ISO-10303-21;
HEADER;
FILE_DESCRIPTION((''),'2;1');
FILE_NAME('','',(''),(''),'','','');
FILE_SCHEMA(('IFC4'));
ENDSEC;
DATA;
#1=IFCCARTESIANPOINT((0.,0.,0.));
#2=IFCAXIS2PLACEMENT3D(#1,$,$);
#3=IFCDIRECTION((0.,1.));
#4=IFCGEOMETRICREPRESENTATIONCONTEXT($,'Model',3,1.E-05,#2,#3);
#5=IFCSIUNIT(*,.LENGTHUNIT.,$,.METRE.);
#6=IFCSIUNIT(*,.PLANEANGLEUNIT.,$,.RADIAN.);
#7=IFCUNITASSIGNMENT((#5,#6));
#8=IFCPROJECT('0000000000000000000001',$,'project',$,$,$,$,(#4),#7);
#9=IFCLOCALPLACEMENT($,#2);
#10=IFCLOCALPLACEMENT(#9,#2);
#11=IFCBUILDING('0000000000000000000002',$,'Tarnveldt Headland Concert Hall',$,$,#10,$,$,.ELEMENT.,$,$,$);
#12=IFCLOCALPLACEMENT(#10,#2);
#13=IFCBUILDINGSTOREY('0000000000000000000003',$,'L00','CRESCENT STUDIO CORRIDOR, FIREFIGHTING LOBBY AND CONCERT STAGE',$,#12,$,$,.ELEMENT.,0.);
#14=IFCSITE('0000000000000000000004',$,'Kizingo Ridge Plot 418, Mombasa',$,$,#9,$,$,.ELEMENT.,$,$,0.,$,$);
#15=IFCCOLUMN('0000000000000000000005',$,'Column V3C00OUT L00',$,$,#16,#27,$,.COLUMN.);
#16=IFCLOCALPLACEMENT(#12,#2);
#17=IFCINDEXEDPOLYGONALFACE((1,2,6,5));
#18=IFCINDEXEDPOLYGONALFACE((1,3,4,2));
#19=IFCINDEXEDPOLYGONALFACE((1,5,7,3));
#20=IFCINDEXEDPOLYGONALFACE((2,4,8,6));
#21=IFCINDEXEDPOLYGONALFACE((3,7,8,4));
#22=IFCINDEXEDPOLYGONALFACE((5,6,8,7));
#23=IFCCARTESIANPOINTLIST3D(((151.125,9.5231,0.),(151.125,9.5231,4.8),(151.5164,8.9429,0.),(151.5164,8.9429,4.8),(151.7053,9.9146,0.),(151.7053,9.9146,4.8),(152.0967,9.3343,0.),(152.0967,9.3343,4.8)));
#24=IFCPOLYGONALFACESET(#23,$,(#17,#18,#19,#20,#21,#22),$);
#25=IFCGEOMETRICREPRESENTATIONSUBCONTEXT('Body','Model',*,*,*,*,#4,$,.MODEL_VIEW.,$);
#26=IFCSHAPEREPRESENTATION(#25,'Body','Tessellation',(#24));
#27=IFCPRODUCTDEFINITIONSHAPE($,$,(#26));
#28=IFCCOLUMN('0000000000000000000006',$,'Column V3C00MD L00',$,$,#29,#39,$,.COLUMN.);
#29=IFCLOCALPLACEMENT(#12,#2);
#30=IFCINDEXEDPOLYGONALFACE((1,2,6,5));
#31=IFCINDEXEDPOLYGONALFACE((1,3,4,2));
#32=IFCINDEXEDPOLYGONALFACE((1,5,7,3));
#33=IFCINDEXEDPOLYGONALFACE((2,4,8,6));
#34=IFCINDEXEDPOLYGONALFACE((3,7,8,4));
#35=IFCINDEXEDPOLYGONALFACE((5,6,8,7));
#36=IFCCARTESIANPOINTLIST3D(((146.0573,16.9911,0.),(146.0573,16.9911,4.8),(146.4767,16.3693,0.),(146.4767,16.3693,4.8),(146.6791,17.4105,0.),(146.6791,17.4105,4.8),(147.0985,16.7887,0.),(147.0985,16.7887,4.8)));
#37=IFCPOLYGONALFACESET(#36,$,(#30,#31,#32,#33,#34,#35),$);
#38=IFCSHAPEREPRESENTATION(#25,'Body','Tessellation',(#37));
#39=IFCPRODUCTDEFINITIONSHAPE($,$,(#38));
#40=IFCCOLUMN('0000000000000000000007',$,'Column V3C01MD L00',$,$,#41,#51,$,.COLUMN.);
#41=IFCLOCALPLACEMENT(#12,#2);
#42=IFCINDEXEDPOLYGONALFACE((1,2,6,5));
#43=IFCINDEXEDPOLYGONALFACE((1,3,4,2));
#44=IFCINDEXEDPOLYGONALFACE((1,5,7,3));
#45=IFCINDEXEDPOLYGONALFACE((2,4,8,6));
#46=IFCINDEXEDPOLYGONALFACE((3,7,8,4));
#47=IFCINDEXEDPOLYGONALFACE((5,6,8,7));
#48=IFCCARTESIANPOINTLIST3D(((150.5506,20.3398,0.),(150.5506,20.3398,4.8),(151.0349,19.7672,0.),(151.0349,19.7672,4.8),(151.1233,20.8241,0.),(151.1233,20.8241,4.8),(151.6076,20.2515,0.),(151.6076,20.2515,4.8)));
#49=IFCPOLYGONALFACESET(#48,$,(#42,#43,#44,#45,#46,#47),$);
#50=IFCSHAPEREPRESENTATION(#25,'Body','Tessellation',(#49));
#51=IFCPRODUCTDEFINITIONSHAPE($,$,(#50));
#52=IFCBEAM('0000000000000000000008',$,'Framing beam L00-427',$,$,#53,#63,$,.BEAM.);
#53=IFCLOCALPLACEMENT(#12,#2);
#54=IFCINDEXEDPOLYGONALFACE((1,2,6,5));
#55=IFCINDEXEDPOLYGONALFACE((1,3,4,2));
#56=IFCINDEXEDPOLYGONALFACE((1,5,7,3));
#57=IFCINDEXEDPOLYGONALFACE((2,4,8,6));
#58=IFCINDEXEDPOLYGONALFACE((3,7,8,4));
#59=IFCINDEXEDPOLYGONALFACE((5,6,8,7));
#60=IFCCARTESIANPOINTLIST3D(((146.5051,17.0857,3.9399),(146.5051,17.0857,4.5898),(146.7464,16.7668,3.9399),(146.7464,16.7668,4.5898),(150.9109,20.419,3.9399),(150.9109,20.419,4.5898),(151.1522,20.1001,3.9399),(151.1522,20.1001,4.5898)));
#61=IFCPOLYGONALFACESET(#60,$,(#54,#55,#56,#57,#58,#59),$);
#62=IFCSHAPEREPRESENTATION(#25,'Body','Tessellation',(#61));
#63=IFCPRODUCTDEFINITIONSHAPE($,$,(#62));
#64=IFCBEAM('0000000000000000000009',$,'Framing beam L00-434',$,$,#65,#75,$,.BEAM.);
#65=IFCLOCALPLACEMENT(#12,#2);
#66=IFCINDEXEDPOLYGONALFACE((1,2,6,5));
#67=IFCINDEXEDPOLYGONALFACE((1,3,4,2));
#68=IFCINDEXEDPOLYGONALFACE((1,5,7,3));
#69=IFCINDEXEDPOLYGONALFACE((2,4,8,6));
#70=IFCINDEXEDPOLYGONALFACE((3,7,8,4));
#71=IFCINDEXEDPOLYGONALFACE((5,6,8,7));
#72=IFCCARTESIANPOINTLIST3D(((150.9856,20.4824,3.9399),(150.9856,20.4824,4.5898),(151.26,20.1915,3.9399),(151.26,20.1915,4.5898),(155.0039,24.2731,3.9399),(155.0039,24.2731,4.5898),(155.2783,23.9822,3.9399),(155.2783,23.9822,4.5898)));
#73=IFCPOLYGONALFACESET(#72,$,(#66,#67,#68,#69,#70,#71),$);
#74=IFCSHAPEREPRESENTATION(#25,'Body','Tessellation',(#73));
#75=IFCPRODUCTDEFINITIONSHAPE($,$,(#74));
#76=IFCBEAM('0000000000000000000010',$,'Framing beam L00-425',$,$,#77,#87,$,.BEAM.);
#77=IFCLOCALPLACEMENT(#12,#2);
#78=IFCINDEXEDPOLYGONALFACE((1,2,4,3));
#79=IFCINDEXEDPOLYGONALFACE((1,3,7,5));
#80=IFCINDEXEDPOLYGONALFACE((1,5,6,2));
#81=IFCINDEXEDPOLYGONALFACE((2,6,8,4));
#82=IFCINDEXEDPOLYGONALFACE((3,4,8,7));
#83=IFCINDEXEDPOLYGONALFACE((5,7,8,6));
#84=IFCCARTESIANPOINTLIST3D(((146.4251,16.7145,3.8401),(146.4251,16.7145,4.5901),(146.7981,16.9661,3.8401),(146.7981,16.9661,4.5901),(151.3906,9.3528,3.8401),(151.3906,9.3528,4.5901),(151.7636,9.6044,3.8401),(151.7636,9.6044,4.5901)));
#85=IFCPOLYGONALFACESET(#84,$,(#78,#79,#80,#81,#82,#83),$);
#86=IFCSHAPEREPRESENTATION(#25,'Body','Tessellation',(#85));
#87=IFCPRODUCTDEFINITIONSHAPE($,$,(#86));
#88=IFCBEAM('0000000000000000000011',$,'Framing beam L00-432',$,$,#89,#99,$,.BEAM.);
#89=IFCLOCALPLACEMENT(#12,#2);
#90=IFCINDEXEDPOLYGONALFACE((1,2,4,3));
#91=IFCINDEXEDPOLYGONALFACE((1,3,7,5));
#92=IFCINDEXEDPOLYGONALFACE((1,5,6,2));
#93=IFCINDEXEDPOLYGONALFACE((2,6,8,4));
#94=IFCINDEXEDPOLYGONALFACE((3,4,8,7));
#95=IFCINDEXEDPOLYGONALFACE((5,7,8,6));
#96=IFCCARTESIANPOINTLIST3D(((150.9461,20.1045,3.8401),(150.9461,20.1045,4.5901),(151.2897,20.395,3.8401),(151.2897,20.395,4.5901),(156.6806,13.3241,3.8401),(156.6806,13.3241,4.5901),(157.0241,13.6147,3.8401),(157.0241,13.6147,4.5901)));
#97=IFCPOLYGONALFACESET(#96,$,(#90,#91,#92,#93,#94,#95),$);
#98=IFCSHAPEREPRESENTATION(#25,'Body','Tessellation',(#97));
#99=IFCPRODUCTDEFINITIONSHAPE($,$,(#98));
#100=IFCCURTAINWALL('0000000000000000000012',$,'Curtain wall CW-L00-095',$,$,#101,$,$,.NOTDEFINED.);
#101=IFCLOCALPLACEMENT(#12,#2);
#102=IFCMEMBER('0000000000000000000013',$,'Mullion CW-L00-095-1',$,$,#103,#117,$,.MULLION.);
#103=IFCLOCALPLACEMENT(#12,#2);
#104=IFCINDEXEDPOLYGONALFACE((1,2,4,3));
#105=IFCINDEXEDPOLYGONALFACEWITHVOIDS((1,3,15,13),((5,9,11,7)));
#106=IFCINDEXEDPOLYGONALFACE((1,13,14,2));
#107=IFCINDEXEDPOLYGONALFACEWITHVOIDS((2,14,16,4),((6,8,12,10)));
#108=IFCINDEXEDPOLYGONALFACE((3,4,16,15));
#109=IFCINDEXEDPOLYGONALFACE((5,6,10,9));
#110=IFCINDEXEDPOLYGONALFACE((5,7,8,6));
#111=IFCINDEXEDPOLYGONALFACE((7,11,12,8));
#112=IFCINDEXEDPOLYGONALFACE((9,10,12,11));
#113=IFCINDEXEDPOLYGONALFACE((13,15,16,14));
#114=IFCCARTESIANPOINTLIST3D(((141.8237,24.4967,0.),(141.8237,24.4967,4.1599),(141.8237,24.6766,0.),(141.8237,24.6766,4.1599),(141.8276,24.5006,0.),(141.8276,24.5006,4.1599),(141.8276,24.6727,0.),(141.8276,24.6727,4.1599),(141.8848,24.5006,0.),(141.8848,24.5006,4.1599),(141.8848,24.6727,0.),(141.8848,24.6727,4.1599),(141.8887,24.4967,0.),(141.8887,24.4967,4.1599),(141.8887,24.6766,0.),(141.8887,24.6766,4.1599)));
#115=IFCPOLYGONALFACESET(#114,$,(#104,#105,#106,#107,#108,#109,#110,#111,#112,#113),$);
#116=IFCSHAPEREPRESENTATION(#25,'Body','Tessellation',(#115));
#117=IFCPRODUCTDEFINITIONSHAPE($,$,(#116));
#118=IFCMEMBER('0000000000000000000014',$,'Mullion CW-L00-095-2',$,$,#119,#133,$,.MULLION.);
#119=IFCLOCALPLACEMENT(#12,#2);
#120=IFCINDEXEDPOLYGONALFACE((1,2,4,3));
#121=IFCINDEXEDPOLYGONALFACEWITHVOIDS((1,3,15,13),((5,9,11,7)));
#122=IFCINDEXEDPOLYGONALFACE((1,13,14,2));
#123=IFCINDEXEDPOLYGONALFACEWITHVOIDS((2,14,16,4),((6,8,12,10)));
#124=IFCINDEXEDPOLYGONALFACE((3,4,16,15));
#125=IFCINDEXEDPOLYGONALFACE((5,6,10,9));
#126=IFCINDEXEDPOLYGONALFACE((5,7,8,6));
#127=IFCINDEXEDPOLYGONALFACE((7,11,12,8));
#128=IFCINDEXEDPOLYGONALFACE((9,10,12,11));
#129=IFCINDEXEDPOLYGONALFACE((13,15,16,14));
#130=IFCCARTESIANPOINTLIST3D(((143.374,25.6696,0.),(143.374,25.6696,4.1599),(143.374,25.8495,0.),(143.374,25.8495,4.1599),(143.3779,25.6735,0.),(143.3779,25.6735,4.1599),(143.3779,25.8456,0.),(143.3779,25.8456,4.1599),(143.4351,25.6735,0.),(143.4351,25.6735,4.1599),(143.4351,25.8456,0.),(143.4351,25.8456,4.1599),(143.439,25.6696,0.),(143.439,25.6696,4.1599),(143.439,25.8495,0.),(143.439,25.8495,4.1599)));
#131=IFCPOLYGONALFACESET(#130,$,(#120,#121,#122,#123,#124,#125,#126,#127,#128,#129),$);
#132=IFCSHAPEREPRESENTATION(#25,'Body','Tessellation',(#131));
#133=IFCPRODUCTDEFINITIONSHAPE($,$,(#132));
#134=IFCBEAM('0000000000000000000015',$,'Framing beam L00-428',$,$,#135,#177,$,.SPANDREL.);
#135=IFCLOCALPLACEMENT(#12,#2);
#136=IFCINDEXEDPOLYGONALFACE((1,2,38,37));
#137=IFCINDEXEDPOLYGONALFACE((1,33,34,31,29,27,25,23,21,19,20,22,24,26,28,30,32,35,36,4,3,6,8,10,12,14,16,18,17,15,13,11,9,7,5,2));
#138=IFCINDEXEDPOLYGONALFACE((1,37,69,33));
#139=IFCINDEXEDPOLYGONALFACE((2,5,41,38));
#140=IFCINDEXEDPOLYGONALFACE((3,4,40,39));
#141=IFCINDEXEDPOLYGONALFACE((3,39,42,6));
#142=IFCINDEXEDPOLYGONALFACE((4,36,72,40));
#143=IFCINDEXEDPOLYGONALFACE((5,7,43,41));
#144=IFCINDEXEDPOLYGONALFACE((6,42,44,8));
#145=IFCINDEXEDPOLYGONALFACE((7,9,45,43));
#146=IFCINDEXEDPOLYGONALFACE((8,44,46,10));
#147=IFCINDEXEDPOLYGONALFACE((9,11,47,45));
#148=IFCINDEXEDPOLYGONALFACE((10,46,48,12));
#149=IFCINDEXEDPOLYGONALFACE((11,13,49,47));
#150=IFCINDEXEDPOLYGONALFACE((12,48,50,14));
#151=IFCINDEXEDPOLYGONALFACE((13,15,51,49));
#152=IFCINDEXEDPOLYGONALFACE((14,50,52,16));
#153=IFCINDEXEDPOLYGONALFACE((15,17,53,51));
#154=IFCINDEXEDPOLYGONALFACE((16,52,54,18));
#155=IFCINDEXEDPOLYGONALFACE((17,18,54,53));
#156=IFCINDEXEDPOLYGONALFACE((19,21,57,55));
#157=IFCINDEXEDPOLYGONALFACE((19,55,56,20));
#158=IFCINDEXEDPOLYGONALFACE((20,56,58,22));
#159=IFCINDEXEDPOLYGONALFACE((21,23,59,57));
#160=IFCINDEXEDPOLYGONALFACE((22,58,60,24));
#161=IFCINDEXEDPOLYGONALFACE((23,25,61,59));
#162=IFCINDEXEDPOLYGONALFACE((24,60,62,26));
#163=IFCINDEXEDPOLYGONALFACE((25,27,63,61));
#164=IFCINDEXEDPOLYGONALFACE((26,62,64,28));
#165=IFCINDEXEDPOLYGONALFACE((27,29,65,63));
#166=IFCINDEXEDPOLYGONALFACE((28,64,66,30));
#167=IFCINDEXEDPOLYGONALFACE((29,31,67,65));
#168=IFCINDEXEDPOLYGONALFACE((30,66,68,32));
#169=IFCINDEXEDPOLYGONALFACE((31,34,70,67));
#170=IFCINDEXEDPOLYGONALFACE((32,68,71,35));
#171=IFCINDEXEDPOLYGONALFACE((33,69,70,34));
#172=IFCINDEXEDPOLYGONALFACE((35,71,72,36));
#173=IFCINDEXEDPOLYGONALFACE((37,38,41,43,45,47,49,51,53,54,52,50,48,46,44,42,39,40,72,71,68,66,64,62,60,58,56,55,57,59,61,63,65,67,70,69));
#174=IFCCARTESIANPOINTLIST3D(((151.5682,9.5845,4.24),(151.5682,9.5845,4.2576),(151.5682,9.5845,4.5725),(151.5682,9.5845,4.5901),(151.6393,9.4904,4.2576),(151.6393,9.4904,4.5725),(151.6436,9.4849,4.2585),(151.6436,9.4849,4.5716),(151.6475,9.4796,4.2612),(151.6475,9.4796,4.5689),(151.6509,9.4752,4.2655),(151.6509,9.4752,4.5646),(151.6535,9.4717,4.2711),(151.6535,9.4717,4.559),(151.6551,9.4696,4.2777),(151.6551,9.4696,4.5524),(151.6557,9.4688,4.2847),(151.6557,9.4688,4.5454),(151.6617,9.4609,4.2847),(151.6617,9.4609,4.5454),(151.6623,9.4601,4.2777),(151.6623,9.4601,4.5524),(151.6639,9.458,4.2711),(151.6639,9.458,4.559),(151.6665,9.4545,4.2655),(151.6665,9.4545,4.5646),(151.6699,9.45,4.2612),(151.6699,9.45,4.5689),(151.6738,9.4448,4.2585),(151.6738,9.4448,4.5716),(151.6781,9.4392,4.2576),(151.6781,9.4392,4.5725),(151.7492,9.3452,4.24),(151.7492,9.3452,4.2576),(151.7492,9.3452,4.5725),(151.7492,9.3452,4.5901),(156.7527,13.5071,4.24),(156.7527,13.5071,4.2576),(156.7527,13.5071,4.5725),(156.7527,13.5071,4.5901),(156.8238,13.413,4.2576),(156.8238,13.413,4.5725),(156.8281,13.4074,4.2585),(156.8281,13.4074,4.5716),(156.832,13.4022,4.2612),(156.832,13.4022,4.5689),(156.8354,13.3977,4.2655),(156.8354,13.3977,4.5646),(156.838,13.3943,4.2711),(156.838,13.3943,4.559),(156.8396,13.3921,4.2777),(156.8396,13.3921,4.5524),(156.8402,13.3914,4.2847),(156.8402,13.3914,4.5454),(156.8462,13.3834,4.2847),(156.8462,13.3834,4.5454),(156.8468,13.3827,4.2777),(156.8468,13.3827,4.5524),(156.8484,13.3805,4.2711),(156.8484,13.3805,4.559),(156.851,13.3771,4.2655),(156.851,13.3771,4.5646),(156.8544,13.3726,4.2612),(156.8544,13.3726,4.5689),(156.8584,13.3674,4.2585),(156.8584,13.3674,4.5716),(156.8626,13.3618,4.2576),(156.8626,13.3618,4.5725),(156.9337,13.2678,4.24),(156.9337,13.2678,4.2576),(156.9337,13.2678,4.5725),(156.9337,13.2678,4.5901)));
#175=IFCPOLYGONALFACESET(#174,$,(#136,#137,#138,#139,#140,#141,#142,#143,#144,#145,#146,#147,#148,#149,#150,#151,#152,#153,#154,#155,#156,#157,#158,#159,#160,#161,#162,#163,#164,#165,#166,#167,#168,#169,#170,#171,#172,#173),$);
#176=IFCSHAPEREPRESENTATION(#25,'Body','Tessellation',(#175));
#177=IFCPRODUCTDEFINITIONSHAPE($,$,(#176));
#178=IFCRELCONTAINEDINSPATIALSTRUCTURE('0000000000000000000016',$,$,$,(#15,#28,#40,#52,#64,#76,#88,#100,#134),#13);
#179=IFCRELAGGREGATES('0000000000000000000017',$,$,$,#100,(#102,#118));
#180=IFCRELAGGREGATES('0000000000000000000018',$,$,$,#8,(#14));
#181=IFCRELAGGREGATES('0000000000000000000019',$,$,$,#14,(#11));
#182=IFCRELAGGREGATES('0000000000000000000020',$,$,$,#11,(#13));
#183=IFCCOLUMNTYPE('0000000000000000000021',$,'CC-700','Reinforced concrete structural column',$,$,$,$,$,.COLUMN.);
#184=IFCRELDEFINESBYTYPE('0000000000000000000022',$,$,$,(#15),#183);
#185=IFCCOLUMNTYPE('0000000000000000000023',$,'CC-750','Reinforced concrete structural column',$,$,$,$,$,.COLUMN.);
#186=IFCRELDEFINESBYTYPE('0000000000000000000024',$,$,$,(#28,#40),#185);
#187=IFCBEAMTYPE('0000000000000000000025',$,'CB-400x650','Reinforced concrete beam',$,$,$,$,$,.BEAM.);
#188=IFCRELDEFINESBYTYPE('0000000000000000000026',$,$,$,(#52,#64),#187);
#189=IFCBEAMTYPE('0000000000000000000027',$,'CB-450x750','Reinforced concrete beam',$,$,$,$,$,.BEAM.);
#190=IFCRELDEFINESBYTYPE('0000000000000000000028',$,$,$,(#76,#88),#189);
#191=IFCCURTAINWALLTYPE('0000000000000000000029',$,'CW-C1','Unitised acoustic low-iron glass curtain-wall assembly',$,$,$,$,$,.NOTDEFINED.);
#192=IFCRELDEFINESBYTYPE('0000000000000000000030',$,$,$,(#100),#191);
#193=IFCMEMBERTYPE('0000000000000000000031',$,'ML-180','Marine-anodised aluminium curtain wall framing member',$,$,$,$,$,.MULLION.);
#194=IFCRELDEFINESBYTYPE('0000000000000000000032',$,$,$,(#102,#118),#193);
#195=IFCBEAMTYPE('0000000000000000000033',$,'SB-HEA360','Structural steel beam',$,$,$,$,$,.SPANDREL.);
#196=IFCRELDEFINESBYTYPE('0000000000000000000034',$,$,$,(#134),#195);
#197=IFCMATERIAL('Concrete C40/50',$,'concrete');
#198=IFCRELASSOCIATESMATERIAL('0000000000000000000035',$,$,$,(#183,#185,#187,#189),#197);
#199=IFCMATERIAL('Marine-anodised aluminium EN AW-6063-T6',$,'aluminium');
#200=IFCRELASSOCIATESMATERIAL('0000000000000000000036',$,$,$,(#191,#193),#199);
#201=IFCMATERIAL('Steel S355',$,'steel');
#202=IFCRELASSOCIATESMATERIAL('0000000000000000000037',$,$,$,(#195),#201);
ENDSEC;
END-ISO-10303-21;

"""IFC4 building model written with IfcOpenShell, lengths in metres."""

from ifc_helpers import new_model, si_unit, direction, frame, origin, origin_2d, place, context, subcontext, project, spatial, rectangle, hollow_rectangle, i_section, extrude, material, material_profile, profile_set, type_object, element, aggregate, save


model = new_model("IFC4")

# Units and contexts
model_context = context("Model", 3, precision=1e-05, world=origin(), true_north=direction((0.0, 1.0)))
body_context = subcontext(model_context, "Body", "Model", "MODEL_VIEW")
ifc_project = project(units=[si_unit("LENGTHUNIT", "METRE"), si_unit("PLANEANGLEUNIT", "RADIAN")], contexts=[model_context])

# Site, building, storey
site_placement = place(None, origin())
site = spatial("IfcSite", under=ifc_project, at=site_placement, Name="Kizingo Ridge Plot 418, Mombasa", CompositionType="ELEMENT", RefElevation=0.0)
building_placement = place(site_placement, origin())
building = spatial("IfcBuilding", under=site, at=building_placement, Name="Tarnveldt Headland Concert Hall", CompositionType="ELEMENT")
storey_placement = place(building_placement, origin())
storey = spatial("IfcBuildingStorey", under=building, at=storey_placement, Name="L00", Description="CRESCENT STUDIO CORRIDOR, FIREFIGHTING LOBBY AND CONCERT STAGE", CompositionType="ELEMENT", Elevation=0.0)

# Columns
ifc_material_1 = material(Name="Concrete C40/50", Category="concrete")
ifc_material_profile_1 = material_profile(ifc_material_1, rectangle(XDim=0.7, YDim=0.7, at=origin_2d()), Name="RC 700x700", Category="concrete")
ifc_profile_set_1 = profile_set([ifc_material_profile_1], Name="Concrete C40/50")
column_type_1 = type_object("IfcColumnType", Name="CC-700", Description="Reinforced concrete structural column", PredefinedType="COLUMN", material=ifc_profile_set_1)
column_placement = place(storey_placement, frame((151.6108, 9.4287, 0.0), z_axis=(0.0, 0.0, 1.0), x_axis=(0.559193, -0.829038, 0.0)))
element("IfcColumn", 1, at=column_placement, inside=storey, type_object=column_type_1, Name="Column V3C00OUT L00", PredefinedType="COLUMN", context=body_context, shape_type="SweptSolid", body=[
    extrude(rectangle(XDim=0.7, YDim=0.7, at=origin_2d()), origin(), (0.0, 0.0, 1.0), 4.8),
])
ifc_material_profile_2 = material_profile(ifc_material_1, rectangle(XDim=0.75, YDim=0.75, at=origin_2d()), Name="RC 750x750", Category="concrete")
ifc_profile_set_2 = profile_set([ifc_material_profile_2], Name="Concrete C40/50")
column_type_2 = type_object("IfcColumnType", Name="CC-750", Description="Reinforced concrete structural column", PredefinedType="COLUMN", material=ifc_profile_set_2)
for number, where, z_axis, x_axis, name in (
    (2, (146.5779, 16.8899, 0.0), (0.0, 0.0, 1.0), (0.559193, -0.829038, 0.0), "Column V3C00MD L00"),
    (3, (151.0791, 20.2957, 0.0), (0.0, 0.0, 1.0), (0.645724, -0.763571, 0.0), "Column V3C01MD L00"),
):
    element("IfcColumn", number, at=place(storey_placement, frame(where, z_axis=z_axis, x_axis=x_axis)), inside=storey, type_object=column_type_2, Name=name, PredefinedType="COLUMN", context=body_context, shape_type="SweptSolid", body=[
        extrude(rectangle(XDim=0.75, YDim=0.75, at=origin_2d()), origin(), (0.0, 0.0, 1.0), 4.8),
    ])

# Beams
ifc_material_profile_3 = material_profile(ifc_material_1, rectangle(XDim=0.3999, YDim=0.6499, at=origin_2d()), Name="RC 400x650", Category="concrete")
ifc_profile_set_3 = profile_set([ifc_material_profile_3], Name="Concrete C40/50")
beam_type_1 = type_object("IfcBeamType", Name="CB-400x650", Description="Reinforced concrete beam", PredefinedType="BEAM", material=ifc_profile_set_3)
beam_1_placement = place(storey_placement, frame((146.6257, 16.9263, 4.2649), z_axis=(0.797479, 0.603346, 0.0), x_axis=(-0.603346, 0.797479, 0.0)))
element("IfcBeam", 4, at=beam_1_placement, inside=storey, type_object=beam_type_1, Name="Framing beam L00-427", PredefinedType="BEAM", context=body_context, shape_type="SweptSolid", body=[
    extrude(rectangle(XDim=0.3999, YDim=0.6499, at=origin_2d()), origin(), (0.0, 0.0, 1.0), 5.5247),
])
beam_2_placement = place(storey_placement, frame((151.1228, 20.3369, 4.2649), z_axis=(0.727402, 0.686212, 0.0), x_axis=(-0.686212, 0.727402, 0.0)))
element("IfcBeam", 5, at=beam_2_placement, inside=storey, type_object=beam_type_1, Name="Framing beam L00-434", PredefinedType="BEAM", context=body_context, shape_type="SweptSolid", body=[
    extrude(rectangle(XDim=0.3999, YDim=0.6499, at=origin_2d()), origin(), (0.0, 0.0, 1.0), 5.5242),
])
ifc_material_profile_4 = material_profile(ifc_material_1, rectangle(XDim=0.45, YDim=0.75, at=origin_2d()), Name="RC 450x750", Category="concrete")
ifc_profile_set_4 = profile_set([ifc_material_profile_4], Name="Concrete C40/50")
beam_type_2 = type_object("IfcBeamType", Name="CB-450x750", Description="Reinforced concrete beam", PredefinedType="BEAM", material=ifc_profile_set_4)
beam_3_placement = place(storey_placement, frame((146.6116, 16.8403, 4.2151), z_axis=(0.55919, -0.829039, 0.0), x_axis=(0.829039, 0.55919, 0.0)))
element("IfcBeam", 6, at=beam_3_placement, inside=storey, type_object=beam_type_2, Name="Framing beam L00-425", PredefinedType="BEAM", context=body_context, shape_type="SweptSolid", body=[
    extrude(rectangle(XDim=0.45, YDim=0.75, at=origin_2d()), origin(), (0.0, 0.0, 1.0), 8.8799),
])
beam_4_placement = place(storey_placement, frame((151.1179, 20.2498, 4.2151), z_axis=(0.64576, -0.763541, 0.0), x_axis=(0.763541, 0.64576, 0.0)))
element("IfcBeam", 7, at=beam_4_placement, inside=storey, type_object=beam_type_2, Name="Framing beam L00-432", PredefinedType="BEAM", context=body_context, shape_type="SweptSolid", body=[
    extrude(rectangle(XDim=0.45, YDim=0.75, at=origin_2d()), origin(), (0.0, 0.0, 1.0), 8.8801),
])

# Curtain wall, members
ifc_material_2 = material(Name="Marine-anodised aluminium EN AW-6063-T6", Category="aluminium")
curtain_wall_type = type_object("IfcCurtainWallType", Name="CW-C1", Description="Unitised acoustic low-iron glass curtain-wall assembly", PredefinedType="NOTDEFINED", material=ifc_material_2)
curtain_wall_placement = place(storey_placement, origin())
curtain_wall = element("IfcCurtainWall", 8, at=curtain_wall_placement, inside=storey, type_object=curtain_wall_type, Name="Curtain wall CW-L00-095", PredefinedType="NOTDEFINED")
ifc_material_profile_5 = material_profile(ifc_material_2, hollow_rectangle(XDim=0.0649, YDim=0.1799, WallThickness=0.0039, at=origin_2d()), Name="ALU MULLION 65x180x4", Category="aluminium")
ifc_profile_set_5 = profile_set([ifc_material_profile_5], Name="Marine-anodised aluminium EN AW-6063-T6")
member_type_1 = type_object("IfcMemberType", Name="ML-180", Description="Marine-anodised aluminium curtain wall framing member", PredefinedType="MULLION", material=ifc_profile_set_5)
member_1_placement = place(storey_placement, frame((141.8562, 24.5867, 0.0), z_axis=(0.0, 0.0, 1.0), x_axis=(1.0, 0.0, 0.0)))
member_1 = element("IfcMember", 9, at=member_1_placement, type_object=member_type_1, Name="Mullion CW-L00-095-1", PredefinedType="MULLION", context=body_context, shape_type="SweptSolid", body=[
    extrude(hollow_rectangle(XDim=0.0649, YDim=0.1799, WallThickness=0.0039, at=origin_2d()), origin(), (0.0, 0.0, 1.0), 4.1599),
])
member_2_placement = place(storey_placement, frame((143.4065, 25.7595, 0.0), z_axis=(0.0, 0.0, 1.0), x_axis=(1.0, 0.0, 0.0)))
member_2 = element("IfcMember", 10, at=member_2_placement, type_object=member_type_1, Name="Mullion CW-L00-095-2", PredefinedType="MULLION", context=body_context, shape_type="SweptSolid", body=[
    extrude(hollow_rectangle(XDim=0.0649, YDim=0.1799, WallThickness=0.0039, at=origin_2d()), origin(), (0.0, 0.0, 1.0), 4.1599),
])

# Beam
ifc_material_3 = material(Name="Steel S355", Category="steel")
ifc_material_profile_6 = material_profile(ifc_material_3, i_section(OverallWidth=0.3, OverallDepth=0.3501, WebThickness=0.01, FlangeThickness=0.0176, FilletRadius=0.0271, at=origin_2d()), Name="HEA360", Category="steel")
ifc_profile_set_6 = profile_set([ifc_material_profile_6], Name="Steel S355")
beam_type_3 = type_object("IfcBeamType", Name="SB-HEA360", Description="Structural steel beam", PredefinedType="SPANDREL", material=ifc_profile_set_6)
beam_5_placement = place(storey_placement, frame((151.6587, 9.4648, 4.415), z_axis=(0.797469, 0.603359, 0.0), x_axis=(-0.603359, 0.797469, 0.0)))
element("IfcBeam", 11, at=beam_5_placement, inside=storey, type_object=beam_type_3, Name="Framing beam L00-428", PredefinedType="SPANDREL", context=body_context, shape_type="SweptSolid", body=[
    extrude(i_section(OverallWidth=0.3, OverallDepth=0.3501, WebThickness=0.01, FlangeThickness=0.0176, FilletRadius=0.0271, at=origin_2d()), origin(), (0.0, 0.0, 1.0), 6.5012),
])

aggregate(curtain_wall, [member_1, member_2])

save(model, "model.ifc")
